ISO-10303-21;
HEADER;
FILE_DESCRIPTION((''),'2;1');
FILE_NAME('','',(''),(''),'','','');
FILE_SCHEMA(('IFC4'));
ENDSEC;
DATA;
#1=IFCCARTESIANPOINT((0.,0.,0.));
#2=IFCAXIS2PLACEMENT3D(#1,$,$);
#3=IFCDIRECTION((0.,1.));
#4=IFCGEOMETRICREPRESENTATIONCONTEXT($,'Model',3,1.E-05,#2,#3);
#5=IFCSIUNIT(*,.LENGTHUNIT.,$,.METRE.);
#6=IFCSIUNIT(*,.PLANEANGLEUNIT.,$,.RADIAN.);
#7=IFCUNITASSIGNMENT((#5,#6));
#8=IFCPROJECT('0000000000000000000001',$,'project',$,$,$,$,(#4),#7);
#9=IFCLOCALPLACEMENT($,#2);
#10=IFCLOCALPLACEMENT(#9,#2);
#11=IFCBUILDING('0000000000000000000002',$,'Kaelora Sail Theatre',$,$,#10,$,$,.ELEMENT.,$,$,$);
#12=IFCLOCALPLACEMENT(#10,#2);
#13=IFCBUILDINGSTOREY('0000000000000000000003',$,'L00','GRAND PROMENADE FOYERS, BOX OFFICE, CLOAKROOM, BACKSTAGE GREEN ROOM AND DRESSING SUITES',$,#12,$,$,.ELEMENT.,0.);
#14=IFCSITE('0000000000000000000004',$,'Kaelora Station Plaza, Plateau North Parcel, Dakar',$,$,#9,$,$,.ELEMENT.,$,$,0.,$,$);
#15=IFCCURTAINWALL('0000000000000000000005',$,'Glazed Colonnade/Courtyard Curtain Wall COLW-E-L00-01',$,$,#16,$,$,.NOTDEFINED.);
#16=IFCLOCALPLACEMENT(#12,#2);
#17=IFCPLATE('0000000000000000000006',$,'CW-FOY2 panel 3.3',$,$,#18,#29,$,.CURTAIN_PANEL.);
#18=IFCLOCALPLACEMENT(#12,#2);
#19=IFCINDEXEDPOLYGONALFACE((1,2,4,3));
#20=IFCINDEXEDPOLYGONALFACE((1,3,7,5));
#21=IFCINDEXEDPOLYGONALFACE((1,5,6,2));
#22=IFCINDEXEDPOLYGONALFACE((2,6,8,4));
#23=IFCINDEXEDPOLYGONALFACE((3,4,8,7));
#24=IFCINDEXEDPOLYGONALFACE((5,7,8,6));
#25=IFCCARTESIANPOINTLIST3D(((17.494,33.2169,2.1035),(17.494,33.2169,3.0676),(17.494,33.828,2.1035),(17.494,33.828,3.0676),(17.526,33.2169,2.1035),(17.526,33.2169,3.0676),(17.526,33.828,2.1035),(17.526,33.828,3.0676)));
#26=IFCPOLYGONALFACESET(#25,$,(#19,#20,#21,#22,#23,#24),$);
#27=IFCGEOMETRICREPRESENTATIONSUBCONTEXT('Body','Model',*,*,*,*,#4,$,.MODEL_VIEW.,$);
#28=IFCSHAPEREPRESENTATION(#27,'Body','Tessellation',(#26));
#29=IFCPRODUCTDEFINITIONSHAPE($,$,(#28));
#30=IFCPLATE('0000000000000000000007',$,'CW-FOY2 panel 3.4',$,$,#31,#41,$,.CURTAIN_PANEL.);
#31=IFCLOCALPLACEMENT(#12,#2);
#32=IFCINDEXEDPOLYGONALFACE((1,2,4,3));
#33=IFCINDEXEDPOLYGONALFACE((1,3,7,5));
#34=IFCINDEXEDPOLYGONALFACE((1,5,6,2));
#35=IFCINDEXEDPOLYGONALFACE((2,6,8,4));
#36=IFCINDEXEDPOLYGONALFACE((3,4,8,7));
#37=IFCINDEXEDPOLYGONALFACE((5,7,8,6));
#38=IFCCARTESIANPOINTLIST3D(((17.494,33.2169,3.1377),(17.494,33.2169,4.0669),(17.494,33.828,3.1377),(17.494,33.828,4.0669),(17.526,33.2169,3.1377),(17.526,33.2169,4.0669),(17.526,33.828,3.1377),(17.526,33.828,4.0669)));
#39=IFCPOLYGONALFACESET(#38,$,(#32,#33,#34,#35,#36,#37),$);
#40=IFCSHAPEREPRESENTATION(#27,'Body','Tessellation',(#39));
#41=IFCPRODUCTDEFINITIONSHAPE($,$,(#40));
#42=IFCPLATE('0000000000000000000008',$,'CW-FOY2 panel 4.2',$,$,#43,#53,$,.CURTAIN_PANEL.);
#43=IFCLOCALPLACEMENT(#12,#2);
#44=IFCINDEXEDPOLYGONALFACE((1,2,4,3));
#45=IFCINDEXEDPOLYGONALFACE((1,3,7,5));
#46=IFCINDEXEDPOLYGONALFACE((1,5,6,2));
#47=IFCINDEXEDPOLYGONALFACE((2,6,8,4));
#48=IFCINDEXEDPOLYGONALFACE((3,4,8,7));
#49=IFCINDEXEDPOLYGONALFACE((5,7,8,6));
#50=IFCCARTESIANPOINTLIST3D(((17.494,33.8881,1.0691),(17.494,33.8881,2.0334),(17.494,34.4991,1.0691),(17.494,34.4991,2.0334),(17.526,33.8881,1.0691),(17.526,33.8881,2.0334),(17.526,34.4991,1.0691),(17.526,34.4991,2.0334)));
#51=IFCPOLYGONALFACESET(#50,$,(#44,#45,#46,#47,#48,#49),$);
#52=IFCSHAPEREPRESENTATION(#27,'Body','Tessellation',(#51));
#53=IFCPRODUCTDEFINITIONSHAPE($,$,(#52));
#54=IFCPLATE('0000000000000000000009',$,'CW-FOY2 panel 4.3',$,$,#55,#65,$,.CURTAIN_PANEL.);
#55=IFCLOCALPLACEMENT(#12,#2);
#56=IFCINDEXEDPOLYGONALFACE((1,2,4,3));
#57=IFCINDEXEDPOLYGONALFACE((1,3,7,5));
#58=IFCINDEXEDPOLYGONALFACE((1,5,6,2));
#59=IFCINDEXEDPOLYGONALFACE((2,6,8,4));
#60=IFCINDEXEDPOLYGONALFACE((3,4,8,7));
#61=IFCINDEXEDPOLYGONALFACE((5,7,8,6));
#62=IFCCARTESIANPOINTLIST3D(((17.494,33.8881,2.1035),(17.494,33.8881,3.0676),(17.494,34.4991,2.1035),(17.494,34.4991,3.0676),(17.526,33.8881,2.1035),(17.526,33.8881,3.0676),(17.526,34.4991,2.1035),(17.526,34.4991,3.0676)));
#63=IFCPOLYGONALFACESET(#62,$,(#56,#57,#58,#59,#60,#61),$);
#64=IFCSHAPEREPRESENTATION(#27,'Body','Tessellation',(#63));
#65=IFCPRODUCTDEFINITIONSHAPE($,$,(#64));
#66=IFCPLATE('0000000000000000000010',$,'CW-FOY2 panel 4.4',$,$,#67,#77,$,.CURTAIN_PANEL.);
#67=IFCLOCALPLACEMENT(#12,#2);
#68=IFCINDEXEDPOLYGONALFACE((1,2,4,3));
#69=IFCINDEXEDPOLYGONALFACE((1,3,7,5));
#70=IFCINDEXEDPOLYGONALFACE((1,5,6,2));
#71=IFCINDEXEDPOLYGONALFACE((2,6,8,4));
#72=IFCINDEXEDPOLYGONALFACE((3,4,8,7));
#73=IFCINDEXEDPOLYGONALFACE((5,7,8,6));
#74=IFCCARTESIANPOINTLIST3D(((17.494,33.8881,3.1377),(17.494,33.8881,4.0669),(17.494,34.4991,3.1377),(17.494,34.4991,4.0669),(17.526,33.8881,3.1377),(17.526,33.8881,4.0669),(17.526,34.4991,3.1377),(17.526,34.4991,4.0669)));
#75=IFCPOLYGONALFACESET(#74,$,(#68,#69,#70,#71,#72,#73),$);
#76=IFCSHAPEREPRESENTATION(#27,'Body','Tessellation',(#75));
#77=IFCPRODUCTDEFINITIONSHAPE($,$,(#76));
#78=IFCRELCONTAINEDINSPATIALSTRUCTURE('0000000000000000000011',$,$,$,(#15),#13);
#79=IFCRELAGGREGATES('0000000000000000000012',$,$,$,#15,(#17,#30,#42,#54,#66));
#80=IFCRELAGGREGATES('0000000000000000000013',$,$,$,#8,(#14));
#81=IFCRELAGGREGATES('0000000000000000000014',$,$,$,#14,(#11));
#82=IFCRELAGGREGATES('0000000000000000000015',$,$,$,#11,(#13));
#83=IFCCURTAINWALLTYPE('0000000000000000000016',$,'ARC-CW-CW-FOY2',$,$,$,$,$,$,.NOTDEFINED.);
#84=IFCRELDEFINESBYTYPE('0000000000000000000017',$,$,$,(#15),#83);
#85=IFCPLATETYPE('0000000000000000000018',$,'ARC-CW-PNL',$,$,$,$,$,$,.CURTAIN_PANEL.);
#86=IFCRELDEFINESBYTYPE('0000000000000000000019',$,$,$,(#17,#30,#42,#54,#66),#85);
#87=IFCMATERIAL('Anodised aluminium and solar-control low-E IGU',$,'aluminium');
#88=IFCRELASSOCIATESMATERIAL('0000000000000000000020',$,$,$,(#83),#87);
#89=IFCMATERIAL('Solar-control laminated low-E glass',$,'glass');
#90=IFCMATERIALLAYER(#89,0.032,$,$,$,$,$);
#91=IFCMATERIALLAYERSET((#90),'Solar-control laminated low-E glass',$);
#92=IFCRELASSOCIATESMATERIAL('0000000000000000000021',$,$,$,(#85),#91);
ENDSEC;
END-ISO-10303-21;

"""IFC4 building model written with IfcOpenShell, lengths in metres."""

from ifc_helpers import new_model, si_unit, direction, frame, origin, origin_2d, place, context, subcontext, project, spatial, rectangle, extrude, material, layer, layer_set, type_object, element, aggregate, save


model = new_model("IFC4")

# Units and contexts
model_context = context("Model", 3, precision=1e-05, world=origin(), true_north=direction((0.0, 1.0)))
body_context = subcontext(model_context, "Body", "Model", "MODEL_VIEW")
ifc_project = project(units=[si_unit("LENGTHUNIT", "METRE"), si_unit("PLANEANGLEUNIT", "RADIAN")], contexts=[model_context])

# Site, building, storey
site_placement = place(None, origin())
site = spatial("IfcSite", under=ifc_project, at=site_placement, Name="Kaelora Station Plaza, Plateau North Parcel, Dakar", CompositionType="ELEMENT", RefElevation=0.0)
building_placement = place(site_placement, origin())
building = spatial("IfcBuilding", under=site, at=building_placement, Name="Kaelora Sail Theatre", CompositionType="ELEMENT")
storey_placement = place(building_placement, origin())
storey = spatial("IfcBuildingStorey", under=building, at=storey_placement, Name="L00", Description="GRAND PROMENADE FOYERS, BOX OFFICE, CLOAKROOM, BACKSTAGE GREEN ROOM AND DRESSING SUITES", CompositionType="ELEMENT", Elevation=0.0)

# Curtain wall, plates
ifc_material_1 = material(Name="Anodised aluminium and solar-control low-E IGU", Category="aluminium")
curtain_wall_type = type_object("IfcCurtainWallType", Name="ARC-CW-CW-FOY2", PredefinedType="NOTDEFINED", material=ifc_material_1)
curtain_wall_placement = place(storey_placement, origin())
curtain_wall = element("IfcCurtainWall", 1, at=curtain_wall_placement, inside=storey, type_object=curtain_wall_type, Name="Glazed Colonnade/Courtyard Curtain Wall COLW-E-L00-01", PredefinedType="NOTDEFINED")
ifc_material_2 = material(Name="Solar-control laminated low-E glass", Category="glass")
ifc_layer = layer(ifc_material_2, 0.032)
ifc_layer_set = layer_set([ifc_layer], Name="Solar-control laminated low-E glass")
plate_type = type_object("IfcPlateType", Name="ARC-CW-PNL", PredefinedType="CURTAIN_PANEL", material=ifc_layer_set)
plate_1_placement = place(storey_placement, frame((17.51, 33.5225, 2.1035), z_axis=(0.0, 0.0, 1.0), x_axis=(0.0, 1.0, 0.0)))
plate_1 = element("IfcPlate", 2, at=plate_1_placement, type_object=plate_type, Name="CW-FOY2 panel 3.3", PredefinedType="CURTAIN_PANEL", context=body_context, shape_type="SweptSolid", body=[
    extrude(rectangle(XDim=0.6111, YDim=0.032, at=origin_2d()), origin(), (0.0, 0.0, 1.0), 0.9641),
])
plate_2_placement = place(storey_placement, frame((17.51, 33.5225, 3.1377), z_axis=(0.0, 0.0, 1.0), x_axis=(0.0, 1.0, 0.0)))
plate_2 = element("IfcPlate", 3, at=plate_2_placement, type_object=plate_type, Name="CW-FOY2 panel 3.4", PredefinedType="CURTAIN_PANEL", context=body_context, shape_type="SweptSolid", body=[
    extrude(rectangle(XDim=0.6111, YDim=0.032, at=origin_2d()), origin(), (0.0, 0.0, 1.0), 0.9292),
])
plate_3_placement = place(storey_placement, frame((17.51, 34.1936, 1.0691), z_axis=(0.0, 0.0, 1.0), x_axis=(0.0, 1.0, 0.0)))
plate_3 = element("IfcPlate", 4, at=plate_3_placement, type_object=plate_type, Name="CW-FOY2 panel 4.2", PredefinedType="CURTAIN_PANEL", context=body_context, shape_type="SweptSolid", body=[
    extrude(rectangle(XDim=0.6111, YDim=0.032, at=origin_2d()), origin(), (0.0, 0.0, 1.0), 0.9644),
])
plate_4_placement = place(storey_placement, frame((17.51, 34.1936, 2.1035), z_axis=(0.0, 0.0, 1.0), x_axis=(0.0, 1.0, 0.0)))
plate_4 = element("IfcPlate", 5, at=plate_4_placement, type_object=plate_type, Name="CW-FOY2 panel 4.3", PredefinedType="CURTAIN_PANEL", context=body_context, shape_type="SweptSolid", body=[
    extrude(rectangle(XDim=0.6111, YDim=0.032, at=origin_2d()), origin(), (0.0, 0.0, 1.0), 0.9641),
])
plate_5_placement = place(storey_placement, frame((17.51, 34.1936, 3.1377), z_axis=(0.0, 0.0, 1.0), x_axis=(0.0, 1.0, 0.0)))
plate_5 = element("IfcPlate", 6, at=plate_5_placement, type_object=plate_type, Name="CW-FOY2 panel 4.4", PredefinedType="CURTAIN_PANEL", context=body_context, shape_type="SweptSolid", body=[
    extrude(rectangle(XDim=0.6111, YDim=0.032, at=origin_2d()), origin(), (0.0, 0.0, 1.0), 0.9292),
])
aggregate(curtain_wall, [plate_1, plate_2, plate_3, plate_4, plate_5])

save(model, "model.ifc")
